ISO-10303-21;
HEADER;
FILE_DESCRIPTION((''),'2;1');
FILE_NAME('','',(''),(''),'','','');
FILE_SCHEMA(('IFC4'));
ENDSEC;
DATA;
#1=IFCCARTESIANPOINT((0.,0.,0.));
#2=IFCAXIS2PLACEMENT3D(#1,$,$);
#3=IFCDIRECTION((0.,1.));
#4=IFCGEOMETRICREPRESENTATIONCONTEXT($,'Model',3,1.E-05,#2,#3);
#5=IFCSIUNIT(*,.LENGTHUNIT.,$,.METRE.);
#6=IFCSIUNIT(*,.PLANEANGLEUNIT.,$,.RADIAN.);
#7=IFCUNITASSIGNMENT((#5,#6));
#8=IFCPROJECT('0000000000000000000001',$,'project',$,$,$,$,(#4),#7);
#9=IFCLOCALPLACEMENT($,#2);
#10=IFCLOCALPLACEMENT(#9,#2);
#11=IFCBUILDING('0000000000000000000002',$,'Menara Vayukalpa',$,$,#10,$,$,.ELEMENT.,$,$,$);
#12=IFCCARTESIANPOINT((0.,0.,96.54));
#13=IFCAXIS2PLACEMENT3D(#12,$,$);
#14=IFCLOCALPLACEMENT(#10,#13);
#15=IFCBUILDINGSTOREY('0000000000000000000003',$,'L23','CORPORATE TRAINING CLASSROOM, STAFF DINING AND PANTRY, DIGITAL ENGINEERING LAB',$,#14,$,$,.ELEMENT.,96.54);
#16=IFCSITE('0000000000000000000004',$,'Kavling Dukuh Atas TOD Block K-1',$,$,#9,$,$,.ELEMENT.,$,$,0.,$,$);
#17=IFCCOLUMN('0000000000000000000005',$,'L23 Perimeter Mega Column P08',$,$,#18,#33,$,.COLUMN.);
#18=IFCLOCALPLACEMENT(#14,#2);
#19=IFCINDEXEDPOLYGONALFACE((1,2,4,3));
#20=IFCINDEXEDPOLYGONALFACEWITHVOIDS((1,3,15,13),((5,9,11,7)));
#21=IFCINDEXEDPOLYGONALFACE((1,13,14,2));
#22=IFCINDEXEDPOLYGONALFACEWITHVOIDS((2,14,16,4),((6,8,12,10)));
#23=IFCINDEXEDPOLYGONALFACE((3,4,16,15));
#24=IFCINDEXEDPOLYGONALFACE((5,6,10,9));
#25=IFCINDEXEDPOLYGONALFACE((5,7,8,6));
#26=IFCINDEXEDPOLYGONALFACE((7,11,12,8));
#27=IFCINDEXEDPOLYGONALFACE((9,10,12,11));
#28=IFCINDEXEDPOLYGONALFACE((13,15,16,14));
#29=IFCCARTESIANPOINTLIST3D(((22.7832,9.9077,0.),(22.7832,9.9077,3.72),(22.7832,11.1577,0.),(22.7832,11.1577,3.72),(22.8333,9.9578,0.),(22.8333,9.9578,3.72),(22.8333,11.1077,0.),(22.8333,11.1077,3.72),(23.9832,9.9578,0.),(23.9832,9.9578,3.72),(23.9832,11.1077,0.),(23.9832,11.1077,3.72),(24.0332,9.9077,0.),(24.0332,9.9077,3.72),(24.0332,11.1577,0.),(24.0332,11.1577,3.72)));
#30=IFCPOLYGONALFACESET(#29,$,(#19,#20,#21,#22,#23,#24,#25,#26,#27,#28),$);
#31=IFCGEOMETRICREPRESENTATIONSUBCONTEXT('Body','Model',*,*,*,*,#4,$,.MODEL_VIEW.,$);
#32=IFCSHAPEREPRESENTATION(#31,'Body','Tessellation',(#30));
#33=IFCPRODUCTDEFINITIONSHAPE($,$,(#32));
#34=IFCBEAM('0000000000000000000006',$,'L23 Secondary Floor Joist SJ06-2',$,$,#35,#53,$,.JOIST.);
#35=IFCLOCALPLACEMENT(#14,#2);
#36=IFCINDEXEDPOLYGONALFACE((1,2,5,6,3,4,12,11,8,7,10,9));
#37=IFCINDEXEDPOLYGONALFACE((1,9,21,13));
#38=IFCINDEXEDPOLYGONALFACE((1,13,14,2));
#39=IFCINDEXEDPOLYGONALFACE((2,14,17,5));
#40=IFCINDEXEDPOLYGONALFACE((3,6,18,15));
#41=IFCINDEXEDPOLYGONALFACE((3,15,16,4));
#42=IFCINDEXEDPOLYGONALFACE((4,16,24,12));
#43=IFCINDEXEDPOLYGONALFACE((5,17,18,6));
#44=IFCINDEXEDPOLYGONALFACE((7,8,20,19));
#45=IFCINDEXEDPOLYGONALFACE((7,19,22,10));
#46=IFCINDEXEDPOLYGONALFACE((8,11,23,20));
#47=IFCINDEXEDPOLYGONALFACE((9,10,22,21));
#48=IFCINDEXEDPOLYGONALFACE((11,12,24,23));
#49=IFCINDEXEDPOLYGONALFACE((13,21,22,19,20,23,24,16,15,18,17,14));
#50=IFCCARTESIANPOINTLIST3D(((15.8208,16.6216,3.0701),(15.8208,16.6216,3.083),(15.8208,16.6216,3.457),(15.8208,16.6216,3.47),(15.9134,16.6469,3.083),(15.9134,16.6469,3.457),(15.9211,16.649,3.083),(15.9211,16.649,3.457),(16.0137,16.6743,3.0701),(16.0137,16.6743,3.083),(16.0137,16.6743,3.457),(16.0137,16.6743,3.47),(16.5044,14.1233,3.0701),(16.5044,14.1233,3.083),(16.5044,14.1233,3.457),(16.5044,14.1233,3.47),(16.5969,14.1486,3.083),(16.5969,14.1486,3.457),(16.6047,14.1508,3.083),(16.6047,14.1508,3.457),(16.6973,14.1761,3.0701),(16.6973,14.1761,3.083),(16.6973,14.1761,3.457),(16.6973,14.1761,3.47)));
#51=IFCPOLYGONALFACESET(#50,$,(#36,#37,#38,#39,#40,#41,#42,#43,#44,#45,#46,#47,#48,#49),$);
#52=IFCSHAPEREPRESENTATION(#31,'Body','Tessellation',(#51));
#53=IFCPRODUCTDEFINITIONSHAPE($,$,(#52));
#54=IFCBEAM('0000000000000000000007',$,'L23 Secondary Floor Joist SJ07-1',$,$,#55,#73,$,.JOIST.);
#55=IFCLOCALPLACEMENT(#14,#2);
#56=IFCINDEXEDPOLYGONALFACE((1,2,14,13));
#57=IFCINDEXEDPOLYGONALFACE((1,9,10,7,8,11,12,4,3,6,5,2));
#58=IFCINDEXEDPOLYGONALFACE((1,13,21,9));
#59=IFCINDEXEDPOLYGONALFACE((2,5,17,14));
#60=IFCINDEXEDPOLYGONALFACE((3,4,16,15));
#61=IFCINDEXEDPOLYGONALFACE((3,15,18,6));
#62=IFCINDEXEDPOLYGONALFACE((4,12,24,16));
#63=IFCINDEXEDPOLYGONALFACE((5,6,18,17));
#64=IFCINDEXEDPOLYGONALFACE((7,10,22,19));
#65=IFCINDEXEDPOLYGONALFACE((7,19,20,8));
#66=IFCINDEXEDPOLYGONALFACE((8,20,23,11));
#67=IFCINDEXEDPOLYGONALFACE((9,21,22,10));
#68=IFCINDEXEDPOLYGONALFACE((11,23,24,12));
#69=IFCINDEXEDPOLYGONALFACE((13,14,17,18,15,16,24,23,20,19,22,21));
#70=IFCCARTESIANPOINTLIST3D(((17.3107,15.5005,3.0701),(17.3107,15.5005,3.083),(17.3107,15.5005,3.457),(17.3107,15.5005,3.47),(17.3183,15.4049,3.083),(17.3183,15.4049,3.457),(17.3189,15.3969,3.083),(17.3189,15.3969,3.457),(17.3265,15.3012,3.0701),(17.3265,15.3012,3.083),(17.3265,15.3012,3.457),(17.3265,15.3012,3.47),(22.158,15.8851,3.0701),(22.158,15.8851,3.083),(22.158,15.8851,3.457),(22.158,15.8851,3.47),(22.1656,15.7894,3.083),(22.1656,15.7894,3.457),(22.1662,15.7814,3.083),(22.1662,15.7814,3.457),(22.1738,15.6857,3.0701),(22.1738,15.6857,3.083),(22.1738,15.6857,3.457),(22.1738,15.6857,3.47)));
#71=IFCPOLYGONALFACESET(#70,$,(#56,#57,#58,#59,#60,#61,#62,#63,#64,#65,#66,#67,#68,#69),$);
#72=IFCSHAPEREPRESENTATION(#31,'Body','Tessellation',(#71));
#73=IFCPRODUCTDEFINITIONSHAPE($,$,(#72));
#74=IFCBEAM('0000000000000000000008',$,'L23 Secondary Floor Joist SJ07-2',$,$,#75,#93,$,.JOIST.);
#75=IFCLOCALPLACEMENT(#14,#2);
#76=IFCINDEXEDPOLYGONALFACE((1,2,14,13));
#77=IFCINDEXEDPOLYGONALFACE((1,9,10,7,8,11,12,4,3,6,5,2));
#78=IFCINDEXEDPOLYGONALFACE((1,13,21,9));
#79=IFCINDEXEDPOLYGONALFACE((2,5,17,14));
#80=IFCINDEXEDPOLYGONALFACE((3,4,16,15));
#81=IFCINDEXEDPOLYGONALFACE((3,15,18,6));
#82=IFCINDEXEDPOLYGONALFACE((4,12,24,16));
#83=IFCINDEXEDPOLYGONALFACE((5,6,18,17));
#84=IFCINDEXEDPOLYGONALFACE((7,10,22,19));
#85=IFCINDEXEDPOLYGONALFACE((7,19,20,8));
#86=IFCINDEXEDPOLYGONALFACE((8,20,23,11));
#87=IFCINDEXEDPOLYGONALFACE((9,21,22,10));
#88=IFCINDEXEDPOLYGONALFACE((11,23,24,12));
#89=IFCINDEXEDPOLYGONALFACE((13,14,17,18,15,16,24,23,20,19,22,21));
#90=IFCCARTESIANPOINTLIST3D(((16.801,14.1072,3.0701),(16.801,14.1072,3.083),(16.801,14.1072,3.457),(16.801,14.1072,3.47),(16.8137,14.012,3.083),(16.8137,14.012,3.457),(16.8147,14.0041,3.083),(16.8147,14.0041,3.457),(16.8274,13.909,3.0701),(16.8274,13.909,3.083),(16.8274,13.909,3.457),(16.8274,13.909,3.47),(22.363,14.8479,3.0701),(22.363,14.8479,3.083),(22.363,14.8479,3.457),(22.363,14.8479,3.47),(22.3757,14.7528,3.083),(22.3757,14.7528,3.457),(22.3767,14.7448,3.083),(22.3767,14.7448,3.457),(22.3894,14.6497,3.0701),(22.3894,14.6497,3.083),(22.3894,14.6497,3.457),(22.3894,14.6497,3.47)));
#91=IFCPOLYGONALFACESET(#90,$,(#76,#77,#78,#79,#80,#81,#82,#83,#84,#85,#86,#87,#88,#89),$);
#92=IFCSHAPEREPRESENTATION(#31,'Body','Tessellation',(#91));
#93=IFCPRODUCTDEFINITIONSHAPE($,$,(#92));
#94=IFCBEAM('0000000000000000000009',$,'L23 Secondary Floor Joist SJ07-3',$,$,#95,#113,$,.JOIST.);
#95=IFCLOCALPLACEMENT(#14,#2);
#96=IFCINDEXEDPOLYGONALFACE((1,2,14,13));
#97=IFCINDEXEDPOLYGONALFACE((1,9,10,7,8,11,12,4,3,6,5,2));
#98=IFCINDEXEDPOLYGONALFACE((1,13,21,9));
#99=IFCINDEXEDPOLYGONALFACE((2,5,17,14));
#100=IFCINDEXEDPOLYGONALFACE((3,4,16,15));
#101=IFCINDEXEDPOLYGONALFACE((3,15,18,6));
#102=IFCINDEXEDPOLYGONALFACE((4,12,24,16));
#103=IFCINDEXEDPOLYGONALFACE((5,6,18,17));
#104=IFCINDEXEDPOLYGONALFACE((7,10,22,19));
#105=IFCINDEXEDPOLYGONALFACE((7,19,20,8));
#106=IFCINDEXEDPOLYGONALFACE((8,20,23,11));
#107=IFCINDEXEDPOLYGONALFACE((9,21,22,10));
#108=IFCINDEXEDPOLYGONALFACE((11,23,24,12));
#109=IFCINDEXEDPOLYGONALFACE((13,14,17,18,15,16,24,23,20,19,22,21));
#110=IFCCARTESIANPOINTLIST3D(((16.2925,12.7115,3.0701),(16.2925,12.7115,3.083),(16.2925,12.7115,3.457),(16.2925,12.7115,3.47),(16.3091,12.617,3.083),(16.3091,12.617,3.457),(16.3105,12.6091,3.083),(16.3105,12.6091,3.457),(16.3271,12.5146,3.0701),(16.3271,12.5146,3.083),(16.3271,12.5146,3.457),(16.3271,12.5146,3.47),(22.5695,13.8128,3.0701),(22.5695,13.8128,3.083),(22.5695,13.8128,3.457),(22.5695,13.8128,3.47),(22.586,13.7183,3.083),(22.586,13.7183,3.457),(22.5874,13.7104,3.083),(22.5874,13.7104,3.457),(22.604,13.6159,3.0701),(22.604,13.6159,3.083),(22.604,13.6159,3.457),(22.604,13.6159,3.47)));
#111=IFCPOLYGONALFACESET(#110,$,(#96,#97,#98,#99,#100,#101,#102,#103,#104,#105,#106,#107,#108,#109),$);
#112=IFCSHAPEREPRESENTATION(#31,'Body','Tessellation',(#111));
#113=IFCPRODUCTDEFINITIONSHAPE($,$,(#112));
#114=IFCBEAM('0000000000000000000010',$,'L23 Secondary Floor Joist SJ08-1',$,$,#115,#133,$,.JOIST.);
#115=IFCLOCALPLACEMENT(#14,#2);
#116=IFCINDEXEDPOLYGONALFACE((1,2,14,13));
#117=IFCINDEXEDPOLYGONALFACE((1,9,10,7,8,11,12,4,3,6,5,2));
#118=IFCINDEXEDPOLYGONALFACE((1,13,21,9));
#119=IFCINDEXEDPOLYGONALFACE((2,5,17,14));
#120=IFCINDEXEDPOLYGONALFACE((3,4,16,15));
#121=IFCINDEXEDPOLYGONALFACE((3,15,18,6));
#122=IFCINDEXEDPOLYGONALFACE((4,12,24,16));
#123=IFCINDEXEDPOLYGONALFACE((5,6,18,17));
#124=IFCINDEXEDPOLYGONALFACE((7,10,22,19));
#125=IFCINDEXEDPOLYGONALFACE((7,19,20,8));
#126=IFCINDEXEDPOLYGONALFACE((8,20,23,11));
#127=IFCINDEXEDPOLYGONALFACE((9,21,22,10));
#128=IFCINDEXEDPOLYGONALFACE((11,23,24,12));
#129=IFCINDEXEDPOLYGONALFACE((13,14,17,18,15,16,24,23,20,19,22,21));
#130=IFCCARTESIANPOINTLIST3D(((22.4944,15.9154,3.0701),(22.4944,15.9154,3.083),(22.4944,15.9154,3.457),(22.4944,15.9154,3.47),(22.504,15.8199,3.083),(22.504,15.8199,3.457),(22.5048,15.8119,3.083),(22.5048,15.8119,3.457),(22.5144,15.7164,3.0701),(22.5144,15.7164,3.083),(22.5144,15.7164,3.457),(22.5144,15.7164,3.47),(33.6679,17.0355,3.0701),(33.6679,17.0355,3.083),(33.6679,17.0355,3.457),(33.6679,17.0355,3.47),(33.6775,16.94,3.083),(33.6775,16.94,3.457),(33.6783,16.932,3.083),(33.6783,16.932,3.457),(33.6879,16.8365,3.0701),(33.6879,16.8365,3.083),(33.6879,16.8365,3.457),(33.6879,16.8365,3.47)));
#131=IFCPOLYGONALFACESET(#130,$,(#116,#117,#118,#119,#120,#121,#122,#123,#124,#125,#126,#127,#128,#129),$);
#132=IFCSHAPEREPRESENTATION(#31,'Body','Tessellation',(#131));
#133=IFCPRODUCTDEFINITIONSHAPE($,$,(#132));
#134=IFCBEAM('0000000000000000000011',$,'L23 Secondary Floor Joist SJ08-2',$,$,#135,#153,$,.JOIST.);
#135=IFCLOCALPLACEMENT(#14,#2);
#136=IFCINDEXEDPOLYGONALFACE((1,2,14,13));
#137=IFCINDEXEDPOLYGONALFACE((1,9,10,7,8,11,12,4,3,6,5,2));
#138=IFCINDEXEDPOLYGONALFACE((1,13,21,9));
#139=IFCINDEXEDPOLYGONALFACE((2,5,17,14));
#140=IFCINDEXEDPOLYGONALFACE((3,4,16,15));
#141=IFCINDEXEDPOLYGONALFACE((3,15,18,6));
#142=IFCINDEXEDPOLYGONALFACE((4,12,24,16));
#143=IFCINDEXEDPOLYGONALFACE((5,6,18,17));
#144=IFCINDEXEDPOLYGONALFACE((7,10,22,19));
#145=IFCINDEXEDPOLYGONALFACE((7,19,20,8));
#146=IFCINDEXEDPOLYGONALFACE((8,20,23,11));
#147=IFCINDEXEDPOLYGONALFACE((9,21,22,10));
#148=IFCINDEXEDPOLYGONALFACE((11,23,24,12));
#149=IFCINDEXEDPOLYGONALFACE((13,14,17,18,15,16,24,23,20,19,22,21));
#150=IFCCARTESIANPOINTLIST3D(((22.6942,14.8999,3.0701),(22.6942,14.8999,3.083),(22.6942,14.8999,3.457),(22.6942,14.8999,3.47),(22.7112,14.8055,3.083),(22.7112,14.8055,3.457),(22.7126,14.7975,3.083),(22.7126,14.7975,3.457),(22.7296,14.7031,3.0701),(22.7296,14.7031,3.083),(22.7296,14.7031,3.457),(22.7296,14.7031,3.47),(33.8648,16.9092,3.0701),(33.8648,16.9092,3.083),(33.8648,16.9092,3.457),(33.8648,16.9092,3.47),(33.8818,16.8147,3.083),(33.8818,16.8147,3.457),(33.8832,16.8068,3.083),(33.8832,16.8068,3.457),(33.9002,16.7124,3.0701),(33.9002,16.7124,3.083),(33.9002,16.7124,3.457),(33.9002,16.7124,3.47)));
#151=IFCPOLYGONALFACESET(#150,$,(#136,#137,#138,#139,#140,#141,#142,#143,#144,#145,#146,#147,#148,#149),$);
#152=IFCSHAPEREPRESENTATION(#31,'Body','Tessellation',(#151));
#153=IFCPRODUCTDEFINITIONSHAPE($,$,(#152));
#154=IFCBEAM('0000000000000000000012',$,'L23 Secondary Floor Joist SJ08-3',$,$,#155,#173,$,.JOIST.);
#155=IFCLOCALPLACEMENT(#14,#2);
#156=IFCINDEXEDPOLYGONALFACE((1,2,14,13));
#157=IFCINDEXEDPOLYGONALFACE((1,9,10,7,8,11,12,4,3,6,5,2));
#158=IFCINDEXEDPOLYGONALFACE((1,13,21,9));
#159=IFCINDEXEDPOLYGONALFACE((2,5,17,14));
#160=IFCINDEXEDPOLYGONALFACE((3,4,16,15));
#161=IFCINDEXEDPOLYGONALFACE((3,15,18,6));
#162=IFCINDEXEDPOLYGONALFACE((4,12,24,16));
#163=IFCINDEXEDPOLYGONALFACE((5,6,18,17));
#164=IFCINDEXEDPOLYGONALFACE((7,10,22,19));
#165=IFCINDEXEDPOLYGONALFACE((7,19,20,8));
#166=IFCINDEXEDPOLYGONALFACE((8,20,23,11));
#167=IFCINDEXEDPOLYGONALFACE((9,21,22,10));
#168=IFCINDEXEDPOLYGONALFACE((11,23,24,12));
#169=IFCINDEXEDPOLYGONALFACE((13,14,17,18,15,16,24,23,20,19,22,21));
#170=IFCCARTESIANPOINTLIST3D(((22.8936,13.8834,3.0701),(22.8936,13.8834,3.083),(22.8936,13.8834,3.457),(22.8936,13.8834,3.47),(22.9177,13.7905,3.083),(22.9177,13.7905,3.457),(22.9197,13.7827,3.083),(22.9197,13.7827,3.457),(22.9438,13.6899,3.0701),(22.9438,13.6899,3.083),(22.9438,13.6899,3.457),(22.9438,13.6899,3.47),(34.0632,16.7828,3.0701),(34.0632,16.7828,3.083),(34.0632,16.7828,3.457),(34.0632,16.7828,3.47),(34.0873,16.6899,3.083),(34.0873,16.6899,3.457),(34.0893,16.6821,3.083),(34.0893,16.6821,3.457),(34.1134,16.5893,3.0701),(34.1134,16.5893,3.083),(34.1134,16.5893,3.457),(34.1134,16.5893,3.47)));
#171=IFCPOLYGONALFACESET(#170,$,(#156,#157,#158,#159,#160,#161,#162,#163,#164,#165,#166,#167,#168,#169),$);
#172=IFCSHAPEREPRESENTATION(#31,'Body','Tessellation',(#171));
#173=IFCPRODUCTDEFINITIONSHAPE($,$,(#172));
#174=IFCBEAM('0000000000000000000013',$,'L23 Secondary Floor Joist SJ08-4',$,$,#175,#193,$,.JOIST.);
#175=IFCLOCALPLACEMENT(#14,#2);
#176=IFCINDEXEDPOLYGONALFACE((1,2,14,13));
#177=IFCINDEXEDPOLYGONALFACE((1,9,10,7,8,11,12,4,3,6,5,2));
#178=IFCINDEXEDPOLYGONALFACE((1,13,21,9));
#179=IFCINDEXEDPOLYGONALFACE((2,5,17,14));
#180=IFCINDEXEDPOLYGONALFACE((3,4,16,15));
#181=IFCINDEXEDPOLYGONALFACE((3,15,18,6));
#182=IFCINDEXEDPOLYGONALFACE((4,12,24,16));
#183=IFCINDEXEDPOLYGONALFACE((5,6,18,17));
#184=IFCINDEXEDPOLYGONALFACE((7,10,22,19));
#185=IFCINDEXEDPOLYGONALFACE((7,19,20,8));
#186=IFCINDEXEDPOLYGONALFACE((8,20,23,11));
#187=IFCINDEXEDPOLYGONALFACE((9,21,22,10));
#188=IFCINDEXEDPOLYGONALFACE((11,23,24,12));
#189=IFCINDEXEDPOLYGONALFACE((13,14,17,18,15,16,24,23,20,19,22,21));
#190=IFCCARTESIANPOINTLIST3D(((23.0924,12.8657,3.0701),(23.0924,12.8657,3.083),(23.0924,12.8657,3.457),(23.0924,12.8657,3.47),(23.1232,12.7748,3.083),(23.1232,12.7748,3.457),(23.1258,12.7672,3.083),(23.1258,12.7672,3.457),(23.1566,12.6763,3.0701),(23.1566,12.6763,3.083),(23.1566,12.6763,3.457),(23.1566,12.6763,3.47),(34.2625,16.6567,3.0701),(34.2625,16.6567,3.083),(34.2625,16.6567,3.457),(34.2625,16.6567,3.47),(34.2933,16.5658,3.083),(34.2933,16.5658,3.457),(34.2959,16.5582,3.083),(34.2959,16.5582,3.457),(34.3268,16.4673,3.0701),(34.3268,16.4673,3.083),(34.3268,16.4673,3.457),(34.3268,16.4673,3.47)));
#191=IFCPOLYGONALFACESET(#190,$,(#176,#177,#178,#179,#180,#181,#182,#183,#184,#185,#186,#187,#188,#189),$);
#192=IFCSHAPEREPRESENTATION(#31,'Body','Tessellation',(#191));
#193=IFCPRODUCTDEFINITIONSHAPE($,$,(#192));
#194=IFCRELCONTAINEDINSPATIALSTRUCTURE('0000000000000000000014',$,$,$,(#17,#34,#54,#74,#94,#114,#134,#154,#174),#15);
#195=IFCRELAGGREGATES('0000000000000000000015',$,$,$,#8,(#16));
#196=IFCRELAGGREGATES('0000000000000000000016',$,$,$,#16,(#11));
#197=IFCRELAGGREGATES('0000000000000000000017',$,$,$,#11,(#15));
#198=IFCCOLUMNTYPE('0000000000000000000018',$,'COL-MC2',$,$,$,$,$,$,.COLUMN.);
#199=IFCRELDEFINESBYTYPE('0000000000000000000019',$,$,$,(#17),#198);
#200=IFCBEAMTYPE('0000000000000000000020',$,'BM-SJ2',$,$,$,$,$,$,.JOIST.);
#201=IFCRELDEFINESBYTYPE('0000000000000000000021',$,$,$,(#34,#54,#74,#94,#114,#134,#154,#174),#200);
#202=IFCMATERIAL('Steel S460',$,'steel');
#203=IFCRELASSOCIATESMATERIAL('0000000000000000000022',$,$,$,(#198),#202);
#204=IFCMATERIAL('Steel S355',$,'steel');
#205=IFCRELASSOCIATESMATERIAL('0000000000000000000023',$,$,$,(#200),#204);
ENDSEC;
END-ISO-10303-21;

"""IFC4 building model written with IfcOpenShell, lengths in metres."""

from ifc_helpers import new_model, si_unit, direction, frame, origin, origin_2d, place, context, subcontext, project, spatial, hollow_rectangle, i_section, extrude, material, material_profile, profile_set, type_object, element, save


model = new_model("IFC4")

# Units and contexts
model_context = context("Model", 3, precision=1e-05, world=origin(), true_north=direction((0.0, 1.0)))
body_context = subcontext(model_context, "Body", "Model", "MODEL_VIEW")
ifc_project = project(units=[si_unit("LENGTHUNIT", "METRE"), si_unit("PLANEANGLEUNIT", "RADIAN")], contexts=[model_context])

# Site, building, storey
site_placement = place(None, origin())
site = spatial("IfcSite", under=ifc_project, at=site_placement, Name="Kavling Dukuh Atas TOD Block K-1", CompositionType="ELEMENT", RefElevation=0.0)
building_placement = place(site_placement, origin())
building = spatial("IfcBuilding", under=site, at=building_placement, Name="Menara Vayukalpa", CompositionType="ELEMENT")
storey_placement = place(building_placement, frame((0.0, 0.0, 96.54)))
storey = spatial("IfcBuildingStorey", under=building, at=storey_placement, Name="L23", Description="CORPORATE TRAINING CLASSROOM, STAFF DINING AND PANTRY, DIGITAL ENGINEERING LAB", CompositionType="ELEMENT", Elevation=96.54)

# Column
ifc_material_1 = material(Name="Steel S460", Category="steel")
ifc_material_profile_1 = material_profile(ifc_material_1, hollow_rectangle(XDim=1.25, YDim=1.25, WallThickness=0.05, at=origin_2d()), Name="BOX 1250x1250x50")
ifc_profile_set_1 = profile_set([ifc_material_profile_1], Name="Steel S460")
column_type = type_object("IfcColumnType", Name="COL-MC2", PredefinedType="COLUMN", material=ifc_profile_set_1)
column_placement = place(storey_placement, frame((23.4082, 10.5327, 0.0), z_axis=(0.0, 0.0, 1.0), x_axis=(1.0, 0.0, 0.0)))
element("IfcColumn", 1, at=column_placement, inside=storey, type_object=column_type, Name="L23 Perimeter Mega Column P08", PredefinedType="COLUMN", context=body_context, shape_type="SweptSolid", body=[
    extrude(hollow_rectangle(XDim=1.25, YDim=1.25, WallThickness=0.05, at=origin_2d()), origin(), (0.0, 0.0, 1.0), 3.72),
])

# Beams
ifc_material_2 = material(Name="Steel S355", Category="steel")
ifc_material_profile_2 = material_profile(ifc_material_2, i_section(OverallWidth=0.2, OverallDepth=0.3999, WebThickness=0.0081, FlangeThickness=0.0129, at=origin_2d()), Name="WF 400x200x8x13")
ifc_profile_set_2 = profile_set([ifc_material_profile_2], Name="Steel S355")
beam_type_1 = type_object("IfcBeamType", Name="BM-SJ2", PredefinedType="JOIST", material=ifc_profile_set_2)
beam_1_placement = place(storey_placement, frame((15.9172, 16.6479, 3.27), z_axis=(0.263923, -0.964544, 0.0), x_axis=(0.964544, 0.263923, 0.0)))
element("IfcBeam", 2, at=beam_1_placement, inside=storey, type_object=beam_type_1, Name="L23 Secondary Floor Joist SJ06-2", PredefinedType="JOIST", context=body_context, shape_type="SweptSolid", body=[
    extrude(i_section(OverallWidth=0.2, OverallDepth=0.3999, WebThickness=0.0081, FlangeThickness=0.0129, at=origin_2d()), origin(), (0.0, 0.0, 1.0), 2.5901),
])
beam_2_placement = place(storey_placement, frame((17.3186, 15.4009, 3.27), z_axis=(0.996869, 0.079077, 0.0), x_axis=(-0.079077, 0.996869, 0.0)))
element("IfcBeam", 3, at=beam_2_placement, inside=storey, type_object=beam_type_1, Name="L23 Secondary Floor Joist SJ07-1", PredefinedType="JOIST", context=body_context, shape_type="SweptSolid", body=[
    extrude(i_section(OverallWidth=0.2, OverallDepth=0.3999, WebThickness=0.0081, FlangeThickness=0.0129, at=origin_2d()), origin(), (0.0, 0.0, 1.0), 4.8625),
])
beam_3_placement = place(storey_placement, frame((16.8142, 14.0081, 3.27), z_axis=(0.991248, 0.13201, 0.0), x_axis=(-0.13201, 0.991248, 0.0)))
element("IfcBeam", 4, at=beam_3_placement, inside=storey, type_object=beam_type_1, Name="L23 Secondary Floor Joist SJ07-2", PredefinedType="JOIST", context=body_context, shape_type="SweptSolid", body=[
    extrude(i_section(OverallWidth=0.2, OverallDepth=0.3999, WebThickness=0.0081, FlangeThickness=0.0129, at=origin_2d()), origin(), (0.0, 0.0, 1.0), 5.6111),
])
beam_4_placement = place(storey_placement, frame((16.3098, 12.613, 3.27), z_axis=(0.984954, 0.172817, 0.0), x_axis=(-0.172817, 0.984954, 0.0)))
element("IfcBeam", 5, at=beam_4_placement, inside=storey, type_object=beam_type_1, Name="L23 Secondary Floor Joist SJ07-3", PredefinedType="JOIST", context=body_context, shape_type="SweptSolid", body=[
    extrude(i_section(OverallWidth=0.2, OverallDepth=0.3999, WebThickness=0.0081, FlangeThickness=0.0129, at=origin_2d()), origin(), (0.0, 0.0, 1.0), 6.3728),
])
beam_5_placement = place(storey_placement, frame((22.5044, 15.8159, 3.27), z_axis=(0.995013, 0.099747, 0.0), x_axis=(-0.099747, 0.995013, 0.0)))
element("IfcBeam", 6, at=beam_5_placement, inside=storey, type_object=beam_type_1, Name="L23 Secondary Floor Joist SJ08-1", PredefinedType="JOIST", context=body_context, shape_type="SweptSolid", body=[
    extrude(i_section(OverallWidth=0.2, OverallDepth=0.3999, WebThickness=0.0081, FlangeThickness=0.0129, at=origin_2d()), origin(), (0.0, 0.0, 1.0), 11.2295),
])
beam_6_placement = place(storey_placement, frame((22.7119, 14.8015, 3.27), z_axis=(0.984205, 0.17703, 0.0), x_axis=(-0.17703, 0.984205, 0.0)))
element("IfcBeam", 7, at=beam_6_placement, inside=storey, type_object=beam_type_1, Name="L23 Secondary Floor Joist SJ08-2", PredefinedType="JOIST", context=body_context, shape_type="SweptSolid", body=[
    extrude(i_section(OverallWidth=0.2, OverallDepth=0.3999, WebThickness=0.0081, FlangeThickness=0.0129, at=origin_2d()), origin(), (0.0, 0.0, 1.0), 11.3499),
])
beam_7_placement = place(storey_placement, frame((22.9187, 13.7866, 3.27), z_axis=(0.967922, 0.251252, 0.0), x_axis=(-0.251252, 0.967922, 0.0)))
element("IfcBeam", 8, at=beam_7_placement, inside=storey, type_object=beam_type_1, Name="L23 Secondary Floor Joist SJ08-3", PredefinedType="JOIST", context=body_context, shape_type="SweptSolid", body=[
    extrude(i_section(OverallWidth=0.2, OverallDepth=0.3999, WebThickness=0.0081, FlangeThickness=0.0129, at=origin_2d()), origin(), (0.0, 0.0, 1.0), 11.5398),
])
beam_8_placement = place(storey_placement, frame((23.1245, 12.771, 3.27), z_axis=(0.946949, 0.321383, 0.0), x_axis=(-0.321383, 0.946949, 0.0)))
element("IfcBeam", 9, at=beam_8_placement, inside=storey, type_object=beam_type_1, Name="L23 Secondary Floor Joist SJ08-4", PredefinedType="JOIST", context=body_context, shape_type="SweptSolid", body=[
    extrude(i_section(OverallWidth=0.2, OverallDepth=0.3999, WebThickness=0.0081, FlangeThickness=0.0129, at=origin_2d()), origin(), (0.0, 0.0, 1.0), 11.7959),
])

save(model, "model.ifc")
